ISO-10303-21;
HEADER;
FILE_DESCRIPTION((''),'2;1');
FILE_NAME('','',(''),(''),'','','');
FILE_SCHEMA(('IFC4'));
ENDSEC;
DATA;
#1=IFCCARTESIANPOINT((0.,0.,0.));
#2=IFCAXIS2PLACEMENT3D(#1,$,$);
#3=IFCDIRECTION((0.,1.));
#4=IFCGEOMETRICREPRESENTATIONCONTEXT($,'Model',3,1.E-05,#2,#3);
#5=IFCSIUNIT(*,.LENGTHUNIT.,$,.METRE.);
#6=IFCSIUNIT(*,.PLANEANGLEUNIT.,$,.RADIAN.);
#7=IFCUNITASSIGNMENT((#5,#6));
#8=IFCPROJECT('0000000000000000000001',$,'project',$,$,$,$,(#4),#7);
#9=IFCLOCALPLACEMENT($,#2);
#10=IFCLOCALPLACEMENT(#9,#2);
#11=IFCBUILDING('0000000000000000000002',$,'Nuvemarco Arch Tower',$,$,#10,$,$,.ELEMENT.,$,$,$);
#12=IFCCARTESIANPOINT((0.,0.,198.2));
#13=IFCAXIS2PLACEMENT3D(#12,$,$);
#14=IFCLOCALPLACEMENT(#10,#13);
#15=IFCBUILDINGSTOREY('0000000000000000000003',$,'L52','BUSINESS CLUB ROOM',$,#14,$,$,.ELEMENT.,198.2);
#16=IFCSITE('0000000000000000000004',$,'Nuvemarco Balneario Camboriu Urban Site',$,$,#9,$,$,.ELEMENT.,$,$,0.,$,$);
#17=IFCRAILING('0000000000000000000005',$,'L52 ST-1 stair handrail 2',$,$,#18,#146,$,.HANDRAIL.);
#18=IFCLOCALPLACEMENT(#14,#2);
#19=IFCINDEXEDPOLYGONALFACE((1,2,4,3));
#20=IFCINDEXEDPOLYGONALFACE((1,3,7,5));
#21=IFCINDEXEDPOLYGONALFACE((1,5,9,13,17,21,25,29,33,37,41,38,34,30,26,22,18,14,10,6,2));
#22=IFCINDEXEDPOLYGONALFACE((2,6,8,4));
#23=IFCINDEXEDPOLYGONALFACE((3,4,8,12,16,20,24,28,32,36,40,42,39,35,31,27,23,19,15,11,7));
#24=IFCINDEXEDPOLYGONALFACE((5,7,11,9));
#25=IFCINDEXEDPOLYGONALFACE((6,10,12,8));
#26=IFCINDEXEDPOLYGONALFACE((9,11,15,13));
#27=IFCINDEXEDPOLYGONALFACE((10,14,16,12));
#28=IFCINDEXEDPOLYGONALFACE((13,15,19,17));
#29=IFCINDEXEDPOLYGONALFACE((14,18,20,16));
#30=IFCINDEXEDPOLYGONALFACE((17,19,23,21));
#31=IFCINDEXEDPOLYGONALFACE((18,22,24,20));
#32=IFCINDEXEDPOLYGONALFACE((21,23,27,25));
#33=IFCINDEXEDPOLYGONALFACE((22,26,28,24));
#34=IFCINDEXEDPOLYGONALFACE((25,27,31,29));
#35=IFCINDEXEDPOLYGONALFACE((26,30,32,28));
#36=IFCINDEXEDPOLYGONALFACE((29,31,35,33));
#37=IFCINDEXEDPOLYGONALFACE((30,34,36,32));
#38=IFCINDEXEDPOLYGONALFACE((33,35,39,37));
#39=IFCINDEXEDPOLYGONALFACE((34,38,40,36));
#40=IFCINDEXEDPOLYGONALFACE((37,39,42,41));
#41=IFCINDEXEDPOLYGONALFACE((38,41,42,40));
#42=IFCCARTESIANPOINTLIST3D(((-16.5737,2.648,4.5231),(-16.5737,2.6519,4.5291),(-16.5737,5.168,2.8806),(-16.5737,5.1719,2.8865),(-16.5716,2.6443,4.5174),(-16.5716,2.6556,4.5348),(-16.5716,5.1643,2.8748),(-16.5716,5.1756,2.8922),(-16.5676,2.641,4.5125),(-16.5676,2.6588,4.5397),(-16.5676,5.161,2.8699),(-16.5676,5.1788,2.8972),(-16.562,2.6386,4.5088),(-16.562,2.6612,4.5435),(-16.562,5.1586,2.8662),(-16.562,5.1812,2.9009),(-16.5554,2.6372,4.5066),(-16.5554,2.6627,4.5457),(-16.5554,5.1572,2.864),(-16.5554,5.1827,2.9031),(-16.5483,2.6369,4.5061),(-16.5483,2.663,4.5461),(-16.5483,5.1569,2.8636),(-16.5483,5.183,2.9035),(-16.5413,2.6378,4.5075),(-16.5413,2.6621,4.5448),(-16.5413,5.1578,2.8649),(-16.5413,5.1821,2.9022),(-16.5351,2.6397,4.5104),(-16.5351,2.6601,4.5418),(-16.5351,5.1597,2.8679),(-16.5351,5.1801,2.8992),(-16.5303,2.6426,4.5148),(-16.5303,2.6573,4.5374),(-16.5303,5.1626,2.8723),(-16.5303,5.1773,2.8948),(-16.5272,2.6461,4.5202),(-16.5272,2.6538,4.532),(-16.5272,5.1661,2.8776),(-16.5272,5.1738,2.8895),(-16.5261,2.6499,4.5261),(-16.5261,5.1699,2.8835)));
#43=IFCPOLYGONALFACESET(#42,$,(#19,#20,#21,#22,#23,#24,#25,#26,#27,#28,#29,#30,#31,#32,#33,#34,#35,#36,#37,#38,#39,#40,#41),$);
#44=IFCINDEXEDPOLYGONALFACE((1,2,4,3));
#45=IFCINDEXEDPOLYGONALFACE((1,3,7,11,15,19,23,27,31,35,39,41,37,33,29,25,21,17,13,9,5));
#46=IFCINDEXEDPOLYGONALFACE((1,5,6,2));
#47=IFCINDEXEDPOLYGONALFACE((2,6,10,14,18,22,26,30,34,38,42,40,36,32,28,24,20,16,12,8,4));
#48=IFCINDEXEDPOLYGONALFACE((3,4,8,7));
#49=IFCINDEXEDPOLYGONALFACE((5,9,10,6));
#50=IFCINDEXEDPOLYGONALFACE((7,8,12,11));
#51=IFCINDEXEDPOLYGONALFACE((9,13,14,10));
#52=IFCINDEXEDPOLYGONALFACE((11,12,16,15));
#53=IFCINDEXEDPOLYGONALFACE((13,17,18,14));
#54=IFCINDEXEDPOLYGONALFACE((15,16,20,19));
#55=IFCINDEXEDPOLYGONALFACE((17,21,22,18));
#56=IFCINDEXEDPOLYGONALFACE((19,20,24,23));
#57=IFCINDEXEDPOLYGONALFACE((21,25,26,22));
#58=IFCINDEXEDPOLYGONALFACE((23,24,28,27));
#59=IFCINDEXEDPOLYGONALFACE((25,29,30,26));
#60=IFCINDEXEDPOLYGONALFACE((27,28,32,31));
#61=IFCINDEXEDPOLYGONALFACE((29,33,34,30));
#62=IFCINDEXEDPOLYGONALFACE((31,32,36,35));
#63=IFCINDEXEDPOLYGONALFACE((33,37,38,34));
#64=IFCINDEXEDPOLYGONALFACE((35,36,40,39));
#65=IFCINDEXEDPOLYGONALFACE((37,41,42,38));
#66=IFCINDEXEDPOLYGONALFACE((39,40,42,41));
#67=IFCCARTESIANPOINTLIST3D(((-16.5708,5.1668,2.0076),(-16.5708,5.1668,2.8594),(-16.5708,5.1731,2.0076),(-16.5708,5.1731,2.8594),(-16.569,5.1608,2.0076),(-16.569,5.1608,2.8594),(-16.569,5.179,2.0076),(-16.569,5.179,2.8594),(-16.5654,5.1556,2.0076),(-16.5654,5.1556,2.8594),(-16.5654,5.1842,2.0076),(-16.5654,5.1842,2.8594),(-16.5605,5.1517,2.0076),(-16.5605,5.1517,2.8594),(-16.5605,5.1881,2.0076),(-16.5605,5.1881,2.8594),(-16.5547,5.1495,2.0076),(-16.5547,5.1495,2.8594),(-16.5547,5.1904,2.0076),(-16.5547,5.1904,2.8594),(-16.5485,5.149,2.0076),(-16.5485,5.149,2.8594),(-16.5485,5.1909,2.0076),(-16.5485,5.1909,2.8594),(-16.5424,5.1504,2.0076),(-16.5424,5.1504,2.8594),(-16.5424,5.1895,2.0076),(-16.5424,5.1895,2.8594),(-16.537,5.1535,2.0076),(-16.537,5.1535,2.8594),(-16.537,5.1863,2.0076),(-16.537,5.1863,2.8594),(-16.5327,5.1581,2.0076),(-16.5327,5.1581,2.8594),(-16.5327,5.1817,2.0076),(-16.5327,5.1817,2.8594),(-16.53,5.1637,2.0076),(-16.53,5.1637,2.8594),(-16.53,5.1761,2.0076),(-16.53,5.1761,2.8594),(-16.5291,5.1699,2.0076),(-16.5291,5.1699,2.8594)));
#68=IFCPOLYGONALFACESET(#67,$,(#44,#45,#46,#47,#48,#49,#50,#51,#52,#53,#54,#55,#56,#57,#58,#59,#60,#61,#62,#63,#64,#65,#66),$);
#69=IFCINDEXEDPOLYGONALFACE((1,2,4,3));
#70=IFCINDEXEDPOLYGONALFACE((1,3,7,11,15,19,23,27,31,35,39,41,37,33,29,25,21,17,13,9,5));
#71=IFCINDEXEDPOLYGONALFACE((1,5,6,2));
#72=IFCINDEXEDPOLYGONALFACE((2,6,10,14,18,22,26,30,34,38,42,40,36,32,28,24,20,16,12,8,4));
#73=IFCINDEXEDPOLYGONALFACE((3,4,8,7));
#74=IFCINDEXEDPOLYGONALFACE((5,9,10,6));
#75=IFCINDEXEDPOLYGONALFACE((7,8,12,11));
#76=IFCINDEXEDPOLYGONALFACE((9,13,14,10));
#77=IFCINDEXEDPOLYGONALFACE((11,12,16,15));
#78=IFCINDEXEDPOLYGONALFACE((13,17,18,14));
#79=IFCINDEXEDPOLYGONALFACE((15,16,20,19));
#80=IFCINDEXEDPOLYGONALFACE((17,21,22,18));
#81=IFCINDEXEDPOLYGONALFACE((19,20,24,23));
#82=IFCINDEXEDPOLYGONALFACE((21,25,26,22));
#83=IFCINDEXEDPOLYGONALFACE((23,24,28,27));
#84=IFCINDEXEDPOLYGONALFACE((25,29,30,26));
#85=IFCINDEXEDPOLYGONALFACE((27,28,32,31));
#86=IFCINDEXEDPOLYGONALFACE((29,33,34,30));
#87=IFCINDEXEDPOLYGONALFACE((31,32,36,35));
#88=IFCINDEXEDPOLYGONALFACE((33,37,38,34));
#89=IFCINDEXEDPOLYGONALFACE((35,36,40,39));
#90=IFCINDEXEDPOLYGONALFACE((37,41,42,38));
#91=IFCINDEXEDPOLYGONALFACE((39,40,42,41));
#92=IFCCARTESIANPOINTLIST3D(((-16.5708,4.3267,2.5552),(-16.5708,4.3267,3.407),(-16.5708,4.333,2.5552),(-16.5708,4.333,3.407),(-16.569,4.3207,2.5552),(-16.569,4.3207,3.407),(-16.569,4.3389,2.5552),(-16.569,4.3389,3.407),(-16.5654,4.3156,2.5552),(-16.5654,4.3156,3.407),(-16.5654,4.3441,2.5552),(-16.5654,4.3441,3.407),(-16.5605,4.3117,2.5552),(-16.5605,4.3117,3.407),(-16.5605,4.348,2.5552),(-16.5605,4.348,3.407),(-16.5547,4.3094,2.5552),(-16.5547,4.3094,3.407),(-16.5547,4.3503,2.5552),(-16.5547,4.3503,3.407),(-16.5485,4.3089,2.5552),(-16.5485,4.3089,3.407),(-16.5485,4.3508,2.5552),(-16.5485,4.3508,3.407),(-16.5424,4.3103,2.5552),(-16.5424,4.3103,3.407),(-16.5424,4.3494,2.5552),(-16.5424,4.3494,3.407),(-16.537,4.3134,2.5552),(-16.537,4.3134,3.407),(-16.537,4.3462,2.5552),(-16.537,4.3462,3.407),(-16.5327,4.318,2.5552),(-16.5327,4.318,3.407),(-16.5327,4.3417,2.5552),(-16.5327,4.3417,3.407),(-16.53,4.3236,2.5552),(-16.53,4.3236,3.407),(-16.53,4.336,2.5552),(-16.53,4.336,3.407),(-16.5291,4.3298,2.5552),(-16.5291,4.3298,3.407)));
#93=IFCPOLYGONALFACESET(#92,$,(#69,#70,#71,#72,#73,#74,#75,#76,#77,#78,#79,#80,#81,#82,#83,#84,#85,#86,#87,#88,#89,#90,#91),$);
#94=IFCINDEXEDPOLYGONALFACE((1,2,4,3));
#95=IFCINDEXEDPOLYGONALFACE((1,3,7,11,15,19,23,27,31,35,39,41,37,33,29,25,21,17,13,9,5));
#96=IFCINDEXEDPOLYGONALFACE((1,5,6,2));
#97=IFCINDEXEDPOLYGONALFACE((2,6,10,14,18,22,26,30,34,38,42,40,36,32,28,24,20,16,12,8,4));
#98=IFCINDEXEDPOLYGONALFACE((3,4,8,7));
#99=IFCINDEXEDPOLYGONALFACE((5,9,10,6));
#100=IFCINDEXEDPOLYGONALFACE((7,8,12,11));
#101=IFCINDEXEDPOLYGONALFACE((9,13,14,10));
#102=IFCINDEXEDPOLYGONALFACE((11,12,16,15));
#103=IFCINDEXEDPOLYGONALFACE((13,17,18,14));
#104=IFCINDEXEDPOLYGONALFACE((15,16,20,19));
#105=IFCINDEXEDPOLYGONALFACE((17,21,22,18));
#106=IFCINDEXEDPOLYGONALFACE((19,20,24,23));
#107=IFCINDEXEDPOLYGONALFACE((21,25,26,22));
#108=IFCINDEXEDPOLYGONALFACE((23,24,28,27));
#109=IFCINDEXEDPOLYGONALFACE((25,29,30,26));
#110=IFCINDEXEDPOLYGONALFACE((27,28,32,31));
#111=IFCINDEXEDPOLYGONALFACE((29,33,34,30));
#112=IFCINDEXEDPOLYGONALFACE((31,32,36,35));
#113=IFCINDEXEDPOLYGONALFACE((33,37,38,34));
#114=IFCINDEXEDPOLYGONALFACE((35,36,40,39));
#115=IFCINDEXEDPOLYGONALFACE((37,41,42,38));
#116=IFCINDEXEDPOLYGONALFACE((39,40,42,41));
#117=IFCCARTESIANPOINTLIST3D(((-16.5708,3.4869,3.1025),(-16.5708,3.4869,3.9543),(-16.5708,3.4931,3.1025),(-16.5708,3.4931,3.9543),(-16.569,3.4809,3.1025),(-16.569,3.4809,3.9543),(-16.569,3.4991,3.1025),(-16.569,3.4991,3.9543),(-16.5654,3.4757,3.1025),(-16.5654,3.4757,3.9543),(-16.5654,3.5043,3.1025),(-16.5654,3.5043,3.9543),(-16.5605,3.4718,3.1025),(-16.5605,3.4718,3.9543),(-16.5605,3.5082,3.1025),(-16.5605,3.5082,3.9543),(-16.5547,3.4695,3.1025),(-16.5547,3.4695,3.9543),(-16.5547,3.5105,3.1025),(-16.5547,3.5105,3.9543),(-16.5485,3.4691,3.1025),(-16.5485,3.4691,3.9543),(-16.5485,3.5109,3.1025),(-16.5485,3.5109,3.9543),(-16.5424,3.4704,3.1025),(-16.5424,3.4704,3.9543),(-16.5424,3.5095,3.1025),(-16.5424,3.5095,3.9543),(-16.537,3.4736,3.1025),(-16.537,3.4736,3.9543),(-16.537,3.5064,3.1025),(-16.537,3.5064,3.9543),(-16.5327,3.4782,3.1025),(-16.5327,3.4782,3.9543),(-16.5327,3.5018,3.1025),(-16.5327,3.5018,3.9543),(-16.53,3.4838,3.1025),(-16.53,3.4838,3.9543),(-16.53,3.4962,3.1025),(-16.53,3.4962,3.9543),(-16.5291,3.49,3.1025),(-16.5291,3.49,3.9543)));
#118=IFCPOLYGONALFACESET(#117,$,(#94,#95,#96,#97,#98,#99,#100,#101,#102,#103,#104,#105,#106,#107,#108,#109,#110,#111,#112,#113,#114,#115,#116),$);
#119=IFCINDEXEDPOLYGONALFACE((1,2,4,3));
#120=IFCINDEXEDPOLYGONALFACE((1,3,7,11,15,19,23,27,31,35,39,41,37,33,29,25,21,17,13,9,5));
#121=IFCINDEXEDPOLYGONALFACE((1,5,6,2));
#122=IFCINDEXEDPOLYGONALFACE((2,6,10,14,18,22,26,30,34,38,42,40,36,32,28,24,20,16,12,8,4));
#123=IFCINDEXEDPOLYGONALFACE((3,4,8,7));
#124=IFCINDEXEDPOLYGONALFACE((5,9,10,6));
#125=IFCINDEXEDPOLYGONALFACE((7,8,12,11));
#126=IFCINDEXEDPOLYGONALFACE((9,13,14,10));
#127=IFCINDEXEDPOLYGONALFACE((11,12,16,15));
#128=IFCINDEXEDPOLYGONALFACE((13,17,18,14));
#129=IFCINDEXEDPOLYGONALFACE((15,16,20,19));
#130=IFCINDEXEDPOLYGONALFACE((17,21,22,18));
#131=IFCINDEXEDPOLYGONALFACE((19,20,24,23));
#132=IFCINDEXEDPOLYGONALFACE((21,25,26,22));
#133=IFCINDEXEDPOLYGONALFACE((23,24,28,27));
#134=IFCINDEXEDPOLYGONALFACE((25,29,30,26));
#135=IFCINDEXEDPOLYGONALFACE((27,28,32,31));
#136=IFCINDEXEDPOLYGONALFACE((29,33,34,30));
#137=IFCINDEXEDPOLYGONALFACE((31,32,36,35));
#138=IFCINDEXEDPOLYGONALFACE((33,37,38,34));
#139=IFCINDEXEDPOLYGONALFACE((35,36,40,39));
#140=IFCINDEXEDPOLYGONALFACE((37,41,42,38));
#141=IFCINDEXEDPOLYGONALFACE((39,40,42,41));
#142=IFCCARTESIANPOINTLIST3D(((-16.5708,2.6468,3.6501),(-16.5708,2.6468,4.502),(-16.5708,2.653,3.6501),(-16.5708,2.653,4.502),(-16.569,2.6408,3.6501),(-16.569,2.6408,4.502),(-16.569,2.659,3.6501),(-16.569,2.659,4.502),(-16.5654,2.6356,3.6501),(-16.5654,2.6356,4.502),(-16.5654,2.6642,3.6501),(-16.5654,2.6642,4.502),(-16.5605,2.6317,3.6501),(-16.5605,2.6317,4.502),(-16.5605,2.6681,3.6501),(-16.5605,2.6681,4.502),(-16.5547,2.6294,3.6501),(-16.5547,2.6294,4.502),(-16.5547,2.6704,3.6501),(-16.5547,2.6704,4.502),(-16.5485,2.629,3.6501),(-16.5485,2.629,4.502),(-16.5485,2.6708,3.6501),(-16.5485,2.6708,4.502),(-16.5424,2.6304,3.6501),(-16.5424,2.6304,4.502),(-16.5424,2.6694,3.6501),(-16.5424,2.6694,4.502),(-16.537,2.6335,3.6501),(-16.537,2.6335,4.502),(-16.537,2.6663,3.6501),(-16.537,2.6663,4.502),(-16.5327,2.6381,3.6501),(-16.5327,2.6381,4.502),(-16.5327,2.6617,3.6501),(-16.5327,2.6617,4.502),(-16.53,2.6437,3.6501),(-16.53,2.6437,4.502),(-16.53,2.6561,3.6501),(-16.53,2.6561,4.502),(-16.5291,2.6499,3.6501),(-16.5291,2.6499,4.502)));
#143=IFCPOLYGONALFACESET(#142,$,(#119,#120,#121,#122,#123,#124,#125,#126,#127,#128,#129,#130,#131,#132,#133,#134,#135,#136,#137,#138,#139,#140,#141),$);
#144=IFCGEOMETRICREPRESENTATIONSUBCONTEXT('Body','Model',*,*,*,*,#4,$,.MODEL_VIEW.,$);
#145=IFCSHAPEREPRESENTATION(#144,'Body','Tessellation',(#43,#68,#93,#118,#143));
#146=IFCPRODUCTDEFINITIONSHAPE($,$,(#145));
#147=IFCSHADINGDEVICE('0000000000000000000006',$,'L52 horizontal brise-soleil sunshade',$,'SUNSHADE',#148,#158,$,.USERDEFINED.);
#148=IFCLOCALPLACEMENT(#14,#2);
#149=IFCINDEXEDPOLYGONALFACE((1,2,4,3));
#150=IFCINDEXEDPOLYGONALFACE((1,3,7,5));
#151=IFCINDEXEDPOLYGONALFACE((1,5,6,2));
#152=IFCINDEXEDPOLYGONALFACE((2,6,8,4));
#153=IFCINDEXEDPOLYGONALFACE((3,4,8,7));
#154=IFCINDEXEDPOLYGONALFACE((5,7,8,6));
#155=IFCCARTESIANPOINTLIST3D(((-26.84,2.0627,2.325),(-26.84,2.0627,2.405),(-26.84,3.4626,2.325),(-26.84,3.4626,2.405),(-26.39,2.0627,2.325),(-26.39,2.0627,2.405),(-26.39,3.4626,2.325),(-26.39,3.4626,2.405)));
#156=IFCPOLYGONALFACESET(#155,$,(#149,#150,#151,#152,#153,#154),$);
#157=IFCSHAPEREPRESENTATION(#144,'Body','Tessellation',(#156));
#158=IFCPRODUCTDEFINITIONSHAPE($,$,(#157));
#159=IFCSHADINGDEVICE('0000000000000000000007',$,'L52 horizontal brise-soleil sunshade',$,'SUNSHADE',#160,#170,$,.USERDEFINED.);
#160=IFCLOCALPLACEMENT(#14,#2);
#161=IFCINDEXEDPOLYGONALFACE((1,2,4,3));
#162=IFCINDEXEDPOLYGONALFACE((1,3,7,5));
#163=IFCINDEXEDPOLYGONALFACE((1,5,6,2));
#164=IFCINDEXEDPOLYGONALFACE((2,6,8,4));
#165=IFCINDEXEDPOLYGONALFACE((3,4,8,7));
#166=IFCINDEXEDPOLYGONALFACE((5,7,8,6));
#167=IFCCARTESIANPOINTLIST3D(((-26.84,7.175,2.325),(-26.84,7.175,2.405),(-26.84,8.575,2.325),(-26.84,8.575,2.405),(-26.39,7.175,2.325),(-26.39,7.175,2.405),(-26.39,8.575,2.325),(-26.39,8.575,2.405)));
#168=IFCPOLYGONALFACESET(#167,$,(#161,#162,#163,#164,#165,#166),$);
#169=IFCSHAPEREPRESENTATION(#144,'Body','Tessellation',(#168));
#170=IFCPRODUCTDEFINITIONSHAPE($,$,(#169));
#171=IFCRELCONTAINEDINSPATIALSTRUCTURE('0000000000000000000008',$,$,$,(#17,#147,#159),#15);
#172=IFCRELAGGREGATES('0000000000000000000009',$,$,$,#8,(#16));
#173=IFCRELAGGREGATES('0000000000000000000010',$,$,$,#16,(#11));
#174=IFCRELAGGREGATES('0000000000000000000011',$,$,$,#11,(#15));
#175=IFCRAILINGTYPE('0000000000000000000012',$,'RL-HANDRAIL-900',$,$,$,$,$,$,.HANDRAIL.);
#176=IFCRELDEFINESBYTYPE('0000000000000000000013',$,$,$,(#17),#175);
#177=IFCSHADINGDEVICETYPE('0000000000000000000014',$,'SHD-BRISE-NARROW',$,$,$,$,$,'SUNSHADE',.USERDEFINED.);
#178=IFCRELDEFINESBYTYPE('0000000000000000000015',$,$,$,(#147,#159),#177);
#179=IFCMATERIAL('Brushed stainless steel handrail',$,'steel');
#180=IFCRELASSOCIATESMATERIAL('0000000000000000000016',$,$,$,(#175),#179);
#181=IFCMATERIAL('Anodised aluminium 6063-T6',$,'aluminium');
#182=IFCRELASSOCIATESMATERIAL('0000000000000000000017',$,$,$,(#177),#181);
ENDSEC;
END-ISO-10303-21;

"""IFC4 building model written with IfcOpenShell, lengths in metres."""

from ifc_helpers import new_model, si_unit, direction, frame, origin, origin_2d, place, context, subcontext, project, spatial, rectangle, circle, extrude, source, transform, mapped, material, type_object, type_shapes, element, save


model = new_model("IFC4")

# Units and contexts
model_context = context("Model", 3, precision=1e-05, world=origin(), true_north=direction((0.0, 1.0)))
body_context = subcontext(model_context, "Body", "Model", "MODEL_VIEW")
ifc_project = project(units=[si_unit("LENGTHUNIT", "METRE"), si_unit("PLANEANGLEUNIT", "RADIAN")], contexts=[model_context])

# Site, building, storey
site_placement = place(None, origin())
site = spatial("IfcSite", under=ifc_project, at=site_placement, Name="Nuvemarco Balneario Camboriu Urban Site", CompositionType="ELEMENT", RefElevation=0.0)
building_placement = place(site_placement, origin())
building = spatial("IfcBuilding", under=site, at=building_placement, Name="Nuvemarco Arch Tower", CompositionType="ELEMENT")
storey_placement = place(building_placement, frame((0.0, 0.0, 198.2)))
storey = spatial("IfcBuildingStorey", under=building, at=storey_placement, Name="L52", Description="BUSINESS CLUB ROOM", CompositionType="ELEMENT", Elevation=198.2)

# Railing
ifc_material_1 = material(Name="Brushed stainless steel handrail", Category="steel")
railing_type_1 = type_object("IfcRailingType", Name="RL-HANDRAIL-900", PredefinedType="HANDRAIL", material=ifc_material_1)
railing_1_placement = place(storey_placement, frame((-16.55, 5.1699, 2.0076)))
element("IfcRailing", 1, at=railing_1_placement, inside=storey, type_object=railing_type_1, Name="L52 ST-1 stair handrail 2", PredefinedType="HANDRAIL", context=body_context, shape_type="SweptSolid", body=[
    extrude(circle(Radius=0.0239, at=origin_2d()), frame((0.0, 0.0, 0.876), z_axis=(0.0, -0.837749, 0.546055), x_axis=(1.0, 0.0, 0.0)), (0.0, 0.0, 1.0), 3.0081),
    extrude(circle(Radius=0.021, at=origin_2d()), origin(), (0.0, 0.0, 1.0), 0.8518),
    extrude(circle(Radius=0.021, at=origin_2d()), frame((0.0, -0.8401, 0.5476)), (0.0, 0.0, 1.0), 0.8518),
    extrude(circle(Radius=0.021, at=origin_2d()), frame((0.0, -1.6799, 1.095)), (0.0, 0.0, 1.0), 0.8518),
    extrude(circle(Radius=0.021, at=origin_2d()), frame((0.0, -2.52, 1.6426)), (0.0, 0.0, 1.0), 0.8518),
])

# Shading devices
ifc_material_2 = material(Name="Anodised aluminium 6063-T6", Category="aluminium")
shading_device_type = type_object("IfcShadingDeviceType", Name="SHD-BRISE-NARROW", ElementType="SUNSHADE", PredefinedType="USERDEFINED", material=ifc_material_2)
shared_shape_1 = source(origin(), body_context, "Body", "SweptSolid", [
    extrude(rectangle(XDim=1.3999, YDim=0.45, at=origin_2d()), origin(), (0.0, 0.0, 1.0), 0.0801),
])
type_shapes(shading_device_type, [shared_shape_1])
for number, where, z_axis, x_axis, name in (
    (2, (-26.615, 2.7627, 2.325), (0.0, 0.0, 1.0), (0.0, 1.0, 0.0), "L52 horizontal brise-soleil sunshade"),
    (3, (-26.615, 7.875, 2.325), (0.0, 0.0, 1.0), (0.0, 1.0, 0.0), "L52 horizontal brise-soleil sunshade"),
):
    element("IfcShadingDevice", number, at=place(storey_placement, frame(where, z_axis=z_axis, x_axis=x_axis)), inside=storey, type_object=shading_device_type, Name=name, ObjectType="SUNSHADE", PredefinedType="USERDEFINED", context=body_context, shape_type="MappedRepresentation", body=[
        mapped(shared_shape_1, transform((0.0, 0.0, 0.0), scale=1.0)),
    ])

save(model, "model.ifc")
